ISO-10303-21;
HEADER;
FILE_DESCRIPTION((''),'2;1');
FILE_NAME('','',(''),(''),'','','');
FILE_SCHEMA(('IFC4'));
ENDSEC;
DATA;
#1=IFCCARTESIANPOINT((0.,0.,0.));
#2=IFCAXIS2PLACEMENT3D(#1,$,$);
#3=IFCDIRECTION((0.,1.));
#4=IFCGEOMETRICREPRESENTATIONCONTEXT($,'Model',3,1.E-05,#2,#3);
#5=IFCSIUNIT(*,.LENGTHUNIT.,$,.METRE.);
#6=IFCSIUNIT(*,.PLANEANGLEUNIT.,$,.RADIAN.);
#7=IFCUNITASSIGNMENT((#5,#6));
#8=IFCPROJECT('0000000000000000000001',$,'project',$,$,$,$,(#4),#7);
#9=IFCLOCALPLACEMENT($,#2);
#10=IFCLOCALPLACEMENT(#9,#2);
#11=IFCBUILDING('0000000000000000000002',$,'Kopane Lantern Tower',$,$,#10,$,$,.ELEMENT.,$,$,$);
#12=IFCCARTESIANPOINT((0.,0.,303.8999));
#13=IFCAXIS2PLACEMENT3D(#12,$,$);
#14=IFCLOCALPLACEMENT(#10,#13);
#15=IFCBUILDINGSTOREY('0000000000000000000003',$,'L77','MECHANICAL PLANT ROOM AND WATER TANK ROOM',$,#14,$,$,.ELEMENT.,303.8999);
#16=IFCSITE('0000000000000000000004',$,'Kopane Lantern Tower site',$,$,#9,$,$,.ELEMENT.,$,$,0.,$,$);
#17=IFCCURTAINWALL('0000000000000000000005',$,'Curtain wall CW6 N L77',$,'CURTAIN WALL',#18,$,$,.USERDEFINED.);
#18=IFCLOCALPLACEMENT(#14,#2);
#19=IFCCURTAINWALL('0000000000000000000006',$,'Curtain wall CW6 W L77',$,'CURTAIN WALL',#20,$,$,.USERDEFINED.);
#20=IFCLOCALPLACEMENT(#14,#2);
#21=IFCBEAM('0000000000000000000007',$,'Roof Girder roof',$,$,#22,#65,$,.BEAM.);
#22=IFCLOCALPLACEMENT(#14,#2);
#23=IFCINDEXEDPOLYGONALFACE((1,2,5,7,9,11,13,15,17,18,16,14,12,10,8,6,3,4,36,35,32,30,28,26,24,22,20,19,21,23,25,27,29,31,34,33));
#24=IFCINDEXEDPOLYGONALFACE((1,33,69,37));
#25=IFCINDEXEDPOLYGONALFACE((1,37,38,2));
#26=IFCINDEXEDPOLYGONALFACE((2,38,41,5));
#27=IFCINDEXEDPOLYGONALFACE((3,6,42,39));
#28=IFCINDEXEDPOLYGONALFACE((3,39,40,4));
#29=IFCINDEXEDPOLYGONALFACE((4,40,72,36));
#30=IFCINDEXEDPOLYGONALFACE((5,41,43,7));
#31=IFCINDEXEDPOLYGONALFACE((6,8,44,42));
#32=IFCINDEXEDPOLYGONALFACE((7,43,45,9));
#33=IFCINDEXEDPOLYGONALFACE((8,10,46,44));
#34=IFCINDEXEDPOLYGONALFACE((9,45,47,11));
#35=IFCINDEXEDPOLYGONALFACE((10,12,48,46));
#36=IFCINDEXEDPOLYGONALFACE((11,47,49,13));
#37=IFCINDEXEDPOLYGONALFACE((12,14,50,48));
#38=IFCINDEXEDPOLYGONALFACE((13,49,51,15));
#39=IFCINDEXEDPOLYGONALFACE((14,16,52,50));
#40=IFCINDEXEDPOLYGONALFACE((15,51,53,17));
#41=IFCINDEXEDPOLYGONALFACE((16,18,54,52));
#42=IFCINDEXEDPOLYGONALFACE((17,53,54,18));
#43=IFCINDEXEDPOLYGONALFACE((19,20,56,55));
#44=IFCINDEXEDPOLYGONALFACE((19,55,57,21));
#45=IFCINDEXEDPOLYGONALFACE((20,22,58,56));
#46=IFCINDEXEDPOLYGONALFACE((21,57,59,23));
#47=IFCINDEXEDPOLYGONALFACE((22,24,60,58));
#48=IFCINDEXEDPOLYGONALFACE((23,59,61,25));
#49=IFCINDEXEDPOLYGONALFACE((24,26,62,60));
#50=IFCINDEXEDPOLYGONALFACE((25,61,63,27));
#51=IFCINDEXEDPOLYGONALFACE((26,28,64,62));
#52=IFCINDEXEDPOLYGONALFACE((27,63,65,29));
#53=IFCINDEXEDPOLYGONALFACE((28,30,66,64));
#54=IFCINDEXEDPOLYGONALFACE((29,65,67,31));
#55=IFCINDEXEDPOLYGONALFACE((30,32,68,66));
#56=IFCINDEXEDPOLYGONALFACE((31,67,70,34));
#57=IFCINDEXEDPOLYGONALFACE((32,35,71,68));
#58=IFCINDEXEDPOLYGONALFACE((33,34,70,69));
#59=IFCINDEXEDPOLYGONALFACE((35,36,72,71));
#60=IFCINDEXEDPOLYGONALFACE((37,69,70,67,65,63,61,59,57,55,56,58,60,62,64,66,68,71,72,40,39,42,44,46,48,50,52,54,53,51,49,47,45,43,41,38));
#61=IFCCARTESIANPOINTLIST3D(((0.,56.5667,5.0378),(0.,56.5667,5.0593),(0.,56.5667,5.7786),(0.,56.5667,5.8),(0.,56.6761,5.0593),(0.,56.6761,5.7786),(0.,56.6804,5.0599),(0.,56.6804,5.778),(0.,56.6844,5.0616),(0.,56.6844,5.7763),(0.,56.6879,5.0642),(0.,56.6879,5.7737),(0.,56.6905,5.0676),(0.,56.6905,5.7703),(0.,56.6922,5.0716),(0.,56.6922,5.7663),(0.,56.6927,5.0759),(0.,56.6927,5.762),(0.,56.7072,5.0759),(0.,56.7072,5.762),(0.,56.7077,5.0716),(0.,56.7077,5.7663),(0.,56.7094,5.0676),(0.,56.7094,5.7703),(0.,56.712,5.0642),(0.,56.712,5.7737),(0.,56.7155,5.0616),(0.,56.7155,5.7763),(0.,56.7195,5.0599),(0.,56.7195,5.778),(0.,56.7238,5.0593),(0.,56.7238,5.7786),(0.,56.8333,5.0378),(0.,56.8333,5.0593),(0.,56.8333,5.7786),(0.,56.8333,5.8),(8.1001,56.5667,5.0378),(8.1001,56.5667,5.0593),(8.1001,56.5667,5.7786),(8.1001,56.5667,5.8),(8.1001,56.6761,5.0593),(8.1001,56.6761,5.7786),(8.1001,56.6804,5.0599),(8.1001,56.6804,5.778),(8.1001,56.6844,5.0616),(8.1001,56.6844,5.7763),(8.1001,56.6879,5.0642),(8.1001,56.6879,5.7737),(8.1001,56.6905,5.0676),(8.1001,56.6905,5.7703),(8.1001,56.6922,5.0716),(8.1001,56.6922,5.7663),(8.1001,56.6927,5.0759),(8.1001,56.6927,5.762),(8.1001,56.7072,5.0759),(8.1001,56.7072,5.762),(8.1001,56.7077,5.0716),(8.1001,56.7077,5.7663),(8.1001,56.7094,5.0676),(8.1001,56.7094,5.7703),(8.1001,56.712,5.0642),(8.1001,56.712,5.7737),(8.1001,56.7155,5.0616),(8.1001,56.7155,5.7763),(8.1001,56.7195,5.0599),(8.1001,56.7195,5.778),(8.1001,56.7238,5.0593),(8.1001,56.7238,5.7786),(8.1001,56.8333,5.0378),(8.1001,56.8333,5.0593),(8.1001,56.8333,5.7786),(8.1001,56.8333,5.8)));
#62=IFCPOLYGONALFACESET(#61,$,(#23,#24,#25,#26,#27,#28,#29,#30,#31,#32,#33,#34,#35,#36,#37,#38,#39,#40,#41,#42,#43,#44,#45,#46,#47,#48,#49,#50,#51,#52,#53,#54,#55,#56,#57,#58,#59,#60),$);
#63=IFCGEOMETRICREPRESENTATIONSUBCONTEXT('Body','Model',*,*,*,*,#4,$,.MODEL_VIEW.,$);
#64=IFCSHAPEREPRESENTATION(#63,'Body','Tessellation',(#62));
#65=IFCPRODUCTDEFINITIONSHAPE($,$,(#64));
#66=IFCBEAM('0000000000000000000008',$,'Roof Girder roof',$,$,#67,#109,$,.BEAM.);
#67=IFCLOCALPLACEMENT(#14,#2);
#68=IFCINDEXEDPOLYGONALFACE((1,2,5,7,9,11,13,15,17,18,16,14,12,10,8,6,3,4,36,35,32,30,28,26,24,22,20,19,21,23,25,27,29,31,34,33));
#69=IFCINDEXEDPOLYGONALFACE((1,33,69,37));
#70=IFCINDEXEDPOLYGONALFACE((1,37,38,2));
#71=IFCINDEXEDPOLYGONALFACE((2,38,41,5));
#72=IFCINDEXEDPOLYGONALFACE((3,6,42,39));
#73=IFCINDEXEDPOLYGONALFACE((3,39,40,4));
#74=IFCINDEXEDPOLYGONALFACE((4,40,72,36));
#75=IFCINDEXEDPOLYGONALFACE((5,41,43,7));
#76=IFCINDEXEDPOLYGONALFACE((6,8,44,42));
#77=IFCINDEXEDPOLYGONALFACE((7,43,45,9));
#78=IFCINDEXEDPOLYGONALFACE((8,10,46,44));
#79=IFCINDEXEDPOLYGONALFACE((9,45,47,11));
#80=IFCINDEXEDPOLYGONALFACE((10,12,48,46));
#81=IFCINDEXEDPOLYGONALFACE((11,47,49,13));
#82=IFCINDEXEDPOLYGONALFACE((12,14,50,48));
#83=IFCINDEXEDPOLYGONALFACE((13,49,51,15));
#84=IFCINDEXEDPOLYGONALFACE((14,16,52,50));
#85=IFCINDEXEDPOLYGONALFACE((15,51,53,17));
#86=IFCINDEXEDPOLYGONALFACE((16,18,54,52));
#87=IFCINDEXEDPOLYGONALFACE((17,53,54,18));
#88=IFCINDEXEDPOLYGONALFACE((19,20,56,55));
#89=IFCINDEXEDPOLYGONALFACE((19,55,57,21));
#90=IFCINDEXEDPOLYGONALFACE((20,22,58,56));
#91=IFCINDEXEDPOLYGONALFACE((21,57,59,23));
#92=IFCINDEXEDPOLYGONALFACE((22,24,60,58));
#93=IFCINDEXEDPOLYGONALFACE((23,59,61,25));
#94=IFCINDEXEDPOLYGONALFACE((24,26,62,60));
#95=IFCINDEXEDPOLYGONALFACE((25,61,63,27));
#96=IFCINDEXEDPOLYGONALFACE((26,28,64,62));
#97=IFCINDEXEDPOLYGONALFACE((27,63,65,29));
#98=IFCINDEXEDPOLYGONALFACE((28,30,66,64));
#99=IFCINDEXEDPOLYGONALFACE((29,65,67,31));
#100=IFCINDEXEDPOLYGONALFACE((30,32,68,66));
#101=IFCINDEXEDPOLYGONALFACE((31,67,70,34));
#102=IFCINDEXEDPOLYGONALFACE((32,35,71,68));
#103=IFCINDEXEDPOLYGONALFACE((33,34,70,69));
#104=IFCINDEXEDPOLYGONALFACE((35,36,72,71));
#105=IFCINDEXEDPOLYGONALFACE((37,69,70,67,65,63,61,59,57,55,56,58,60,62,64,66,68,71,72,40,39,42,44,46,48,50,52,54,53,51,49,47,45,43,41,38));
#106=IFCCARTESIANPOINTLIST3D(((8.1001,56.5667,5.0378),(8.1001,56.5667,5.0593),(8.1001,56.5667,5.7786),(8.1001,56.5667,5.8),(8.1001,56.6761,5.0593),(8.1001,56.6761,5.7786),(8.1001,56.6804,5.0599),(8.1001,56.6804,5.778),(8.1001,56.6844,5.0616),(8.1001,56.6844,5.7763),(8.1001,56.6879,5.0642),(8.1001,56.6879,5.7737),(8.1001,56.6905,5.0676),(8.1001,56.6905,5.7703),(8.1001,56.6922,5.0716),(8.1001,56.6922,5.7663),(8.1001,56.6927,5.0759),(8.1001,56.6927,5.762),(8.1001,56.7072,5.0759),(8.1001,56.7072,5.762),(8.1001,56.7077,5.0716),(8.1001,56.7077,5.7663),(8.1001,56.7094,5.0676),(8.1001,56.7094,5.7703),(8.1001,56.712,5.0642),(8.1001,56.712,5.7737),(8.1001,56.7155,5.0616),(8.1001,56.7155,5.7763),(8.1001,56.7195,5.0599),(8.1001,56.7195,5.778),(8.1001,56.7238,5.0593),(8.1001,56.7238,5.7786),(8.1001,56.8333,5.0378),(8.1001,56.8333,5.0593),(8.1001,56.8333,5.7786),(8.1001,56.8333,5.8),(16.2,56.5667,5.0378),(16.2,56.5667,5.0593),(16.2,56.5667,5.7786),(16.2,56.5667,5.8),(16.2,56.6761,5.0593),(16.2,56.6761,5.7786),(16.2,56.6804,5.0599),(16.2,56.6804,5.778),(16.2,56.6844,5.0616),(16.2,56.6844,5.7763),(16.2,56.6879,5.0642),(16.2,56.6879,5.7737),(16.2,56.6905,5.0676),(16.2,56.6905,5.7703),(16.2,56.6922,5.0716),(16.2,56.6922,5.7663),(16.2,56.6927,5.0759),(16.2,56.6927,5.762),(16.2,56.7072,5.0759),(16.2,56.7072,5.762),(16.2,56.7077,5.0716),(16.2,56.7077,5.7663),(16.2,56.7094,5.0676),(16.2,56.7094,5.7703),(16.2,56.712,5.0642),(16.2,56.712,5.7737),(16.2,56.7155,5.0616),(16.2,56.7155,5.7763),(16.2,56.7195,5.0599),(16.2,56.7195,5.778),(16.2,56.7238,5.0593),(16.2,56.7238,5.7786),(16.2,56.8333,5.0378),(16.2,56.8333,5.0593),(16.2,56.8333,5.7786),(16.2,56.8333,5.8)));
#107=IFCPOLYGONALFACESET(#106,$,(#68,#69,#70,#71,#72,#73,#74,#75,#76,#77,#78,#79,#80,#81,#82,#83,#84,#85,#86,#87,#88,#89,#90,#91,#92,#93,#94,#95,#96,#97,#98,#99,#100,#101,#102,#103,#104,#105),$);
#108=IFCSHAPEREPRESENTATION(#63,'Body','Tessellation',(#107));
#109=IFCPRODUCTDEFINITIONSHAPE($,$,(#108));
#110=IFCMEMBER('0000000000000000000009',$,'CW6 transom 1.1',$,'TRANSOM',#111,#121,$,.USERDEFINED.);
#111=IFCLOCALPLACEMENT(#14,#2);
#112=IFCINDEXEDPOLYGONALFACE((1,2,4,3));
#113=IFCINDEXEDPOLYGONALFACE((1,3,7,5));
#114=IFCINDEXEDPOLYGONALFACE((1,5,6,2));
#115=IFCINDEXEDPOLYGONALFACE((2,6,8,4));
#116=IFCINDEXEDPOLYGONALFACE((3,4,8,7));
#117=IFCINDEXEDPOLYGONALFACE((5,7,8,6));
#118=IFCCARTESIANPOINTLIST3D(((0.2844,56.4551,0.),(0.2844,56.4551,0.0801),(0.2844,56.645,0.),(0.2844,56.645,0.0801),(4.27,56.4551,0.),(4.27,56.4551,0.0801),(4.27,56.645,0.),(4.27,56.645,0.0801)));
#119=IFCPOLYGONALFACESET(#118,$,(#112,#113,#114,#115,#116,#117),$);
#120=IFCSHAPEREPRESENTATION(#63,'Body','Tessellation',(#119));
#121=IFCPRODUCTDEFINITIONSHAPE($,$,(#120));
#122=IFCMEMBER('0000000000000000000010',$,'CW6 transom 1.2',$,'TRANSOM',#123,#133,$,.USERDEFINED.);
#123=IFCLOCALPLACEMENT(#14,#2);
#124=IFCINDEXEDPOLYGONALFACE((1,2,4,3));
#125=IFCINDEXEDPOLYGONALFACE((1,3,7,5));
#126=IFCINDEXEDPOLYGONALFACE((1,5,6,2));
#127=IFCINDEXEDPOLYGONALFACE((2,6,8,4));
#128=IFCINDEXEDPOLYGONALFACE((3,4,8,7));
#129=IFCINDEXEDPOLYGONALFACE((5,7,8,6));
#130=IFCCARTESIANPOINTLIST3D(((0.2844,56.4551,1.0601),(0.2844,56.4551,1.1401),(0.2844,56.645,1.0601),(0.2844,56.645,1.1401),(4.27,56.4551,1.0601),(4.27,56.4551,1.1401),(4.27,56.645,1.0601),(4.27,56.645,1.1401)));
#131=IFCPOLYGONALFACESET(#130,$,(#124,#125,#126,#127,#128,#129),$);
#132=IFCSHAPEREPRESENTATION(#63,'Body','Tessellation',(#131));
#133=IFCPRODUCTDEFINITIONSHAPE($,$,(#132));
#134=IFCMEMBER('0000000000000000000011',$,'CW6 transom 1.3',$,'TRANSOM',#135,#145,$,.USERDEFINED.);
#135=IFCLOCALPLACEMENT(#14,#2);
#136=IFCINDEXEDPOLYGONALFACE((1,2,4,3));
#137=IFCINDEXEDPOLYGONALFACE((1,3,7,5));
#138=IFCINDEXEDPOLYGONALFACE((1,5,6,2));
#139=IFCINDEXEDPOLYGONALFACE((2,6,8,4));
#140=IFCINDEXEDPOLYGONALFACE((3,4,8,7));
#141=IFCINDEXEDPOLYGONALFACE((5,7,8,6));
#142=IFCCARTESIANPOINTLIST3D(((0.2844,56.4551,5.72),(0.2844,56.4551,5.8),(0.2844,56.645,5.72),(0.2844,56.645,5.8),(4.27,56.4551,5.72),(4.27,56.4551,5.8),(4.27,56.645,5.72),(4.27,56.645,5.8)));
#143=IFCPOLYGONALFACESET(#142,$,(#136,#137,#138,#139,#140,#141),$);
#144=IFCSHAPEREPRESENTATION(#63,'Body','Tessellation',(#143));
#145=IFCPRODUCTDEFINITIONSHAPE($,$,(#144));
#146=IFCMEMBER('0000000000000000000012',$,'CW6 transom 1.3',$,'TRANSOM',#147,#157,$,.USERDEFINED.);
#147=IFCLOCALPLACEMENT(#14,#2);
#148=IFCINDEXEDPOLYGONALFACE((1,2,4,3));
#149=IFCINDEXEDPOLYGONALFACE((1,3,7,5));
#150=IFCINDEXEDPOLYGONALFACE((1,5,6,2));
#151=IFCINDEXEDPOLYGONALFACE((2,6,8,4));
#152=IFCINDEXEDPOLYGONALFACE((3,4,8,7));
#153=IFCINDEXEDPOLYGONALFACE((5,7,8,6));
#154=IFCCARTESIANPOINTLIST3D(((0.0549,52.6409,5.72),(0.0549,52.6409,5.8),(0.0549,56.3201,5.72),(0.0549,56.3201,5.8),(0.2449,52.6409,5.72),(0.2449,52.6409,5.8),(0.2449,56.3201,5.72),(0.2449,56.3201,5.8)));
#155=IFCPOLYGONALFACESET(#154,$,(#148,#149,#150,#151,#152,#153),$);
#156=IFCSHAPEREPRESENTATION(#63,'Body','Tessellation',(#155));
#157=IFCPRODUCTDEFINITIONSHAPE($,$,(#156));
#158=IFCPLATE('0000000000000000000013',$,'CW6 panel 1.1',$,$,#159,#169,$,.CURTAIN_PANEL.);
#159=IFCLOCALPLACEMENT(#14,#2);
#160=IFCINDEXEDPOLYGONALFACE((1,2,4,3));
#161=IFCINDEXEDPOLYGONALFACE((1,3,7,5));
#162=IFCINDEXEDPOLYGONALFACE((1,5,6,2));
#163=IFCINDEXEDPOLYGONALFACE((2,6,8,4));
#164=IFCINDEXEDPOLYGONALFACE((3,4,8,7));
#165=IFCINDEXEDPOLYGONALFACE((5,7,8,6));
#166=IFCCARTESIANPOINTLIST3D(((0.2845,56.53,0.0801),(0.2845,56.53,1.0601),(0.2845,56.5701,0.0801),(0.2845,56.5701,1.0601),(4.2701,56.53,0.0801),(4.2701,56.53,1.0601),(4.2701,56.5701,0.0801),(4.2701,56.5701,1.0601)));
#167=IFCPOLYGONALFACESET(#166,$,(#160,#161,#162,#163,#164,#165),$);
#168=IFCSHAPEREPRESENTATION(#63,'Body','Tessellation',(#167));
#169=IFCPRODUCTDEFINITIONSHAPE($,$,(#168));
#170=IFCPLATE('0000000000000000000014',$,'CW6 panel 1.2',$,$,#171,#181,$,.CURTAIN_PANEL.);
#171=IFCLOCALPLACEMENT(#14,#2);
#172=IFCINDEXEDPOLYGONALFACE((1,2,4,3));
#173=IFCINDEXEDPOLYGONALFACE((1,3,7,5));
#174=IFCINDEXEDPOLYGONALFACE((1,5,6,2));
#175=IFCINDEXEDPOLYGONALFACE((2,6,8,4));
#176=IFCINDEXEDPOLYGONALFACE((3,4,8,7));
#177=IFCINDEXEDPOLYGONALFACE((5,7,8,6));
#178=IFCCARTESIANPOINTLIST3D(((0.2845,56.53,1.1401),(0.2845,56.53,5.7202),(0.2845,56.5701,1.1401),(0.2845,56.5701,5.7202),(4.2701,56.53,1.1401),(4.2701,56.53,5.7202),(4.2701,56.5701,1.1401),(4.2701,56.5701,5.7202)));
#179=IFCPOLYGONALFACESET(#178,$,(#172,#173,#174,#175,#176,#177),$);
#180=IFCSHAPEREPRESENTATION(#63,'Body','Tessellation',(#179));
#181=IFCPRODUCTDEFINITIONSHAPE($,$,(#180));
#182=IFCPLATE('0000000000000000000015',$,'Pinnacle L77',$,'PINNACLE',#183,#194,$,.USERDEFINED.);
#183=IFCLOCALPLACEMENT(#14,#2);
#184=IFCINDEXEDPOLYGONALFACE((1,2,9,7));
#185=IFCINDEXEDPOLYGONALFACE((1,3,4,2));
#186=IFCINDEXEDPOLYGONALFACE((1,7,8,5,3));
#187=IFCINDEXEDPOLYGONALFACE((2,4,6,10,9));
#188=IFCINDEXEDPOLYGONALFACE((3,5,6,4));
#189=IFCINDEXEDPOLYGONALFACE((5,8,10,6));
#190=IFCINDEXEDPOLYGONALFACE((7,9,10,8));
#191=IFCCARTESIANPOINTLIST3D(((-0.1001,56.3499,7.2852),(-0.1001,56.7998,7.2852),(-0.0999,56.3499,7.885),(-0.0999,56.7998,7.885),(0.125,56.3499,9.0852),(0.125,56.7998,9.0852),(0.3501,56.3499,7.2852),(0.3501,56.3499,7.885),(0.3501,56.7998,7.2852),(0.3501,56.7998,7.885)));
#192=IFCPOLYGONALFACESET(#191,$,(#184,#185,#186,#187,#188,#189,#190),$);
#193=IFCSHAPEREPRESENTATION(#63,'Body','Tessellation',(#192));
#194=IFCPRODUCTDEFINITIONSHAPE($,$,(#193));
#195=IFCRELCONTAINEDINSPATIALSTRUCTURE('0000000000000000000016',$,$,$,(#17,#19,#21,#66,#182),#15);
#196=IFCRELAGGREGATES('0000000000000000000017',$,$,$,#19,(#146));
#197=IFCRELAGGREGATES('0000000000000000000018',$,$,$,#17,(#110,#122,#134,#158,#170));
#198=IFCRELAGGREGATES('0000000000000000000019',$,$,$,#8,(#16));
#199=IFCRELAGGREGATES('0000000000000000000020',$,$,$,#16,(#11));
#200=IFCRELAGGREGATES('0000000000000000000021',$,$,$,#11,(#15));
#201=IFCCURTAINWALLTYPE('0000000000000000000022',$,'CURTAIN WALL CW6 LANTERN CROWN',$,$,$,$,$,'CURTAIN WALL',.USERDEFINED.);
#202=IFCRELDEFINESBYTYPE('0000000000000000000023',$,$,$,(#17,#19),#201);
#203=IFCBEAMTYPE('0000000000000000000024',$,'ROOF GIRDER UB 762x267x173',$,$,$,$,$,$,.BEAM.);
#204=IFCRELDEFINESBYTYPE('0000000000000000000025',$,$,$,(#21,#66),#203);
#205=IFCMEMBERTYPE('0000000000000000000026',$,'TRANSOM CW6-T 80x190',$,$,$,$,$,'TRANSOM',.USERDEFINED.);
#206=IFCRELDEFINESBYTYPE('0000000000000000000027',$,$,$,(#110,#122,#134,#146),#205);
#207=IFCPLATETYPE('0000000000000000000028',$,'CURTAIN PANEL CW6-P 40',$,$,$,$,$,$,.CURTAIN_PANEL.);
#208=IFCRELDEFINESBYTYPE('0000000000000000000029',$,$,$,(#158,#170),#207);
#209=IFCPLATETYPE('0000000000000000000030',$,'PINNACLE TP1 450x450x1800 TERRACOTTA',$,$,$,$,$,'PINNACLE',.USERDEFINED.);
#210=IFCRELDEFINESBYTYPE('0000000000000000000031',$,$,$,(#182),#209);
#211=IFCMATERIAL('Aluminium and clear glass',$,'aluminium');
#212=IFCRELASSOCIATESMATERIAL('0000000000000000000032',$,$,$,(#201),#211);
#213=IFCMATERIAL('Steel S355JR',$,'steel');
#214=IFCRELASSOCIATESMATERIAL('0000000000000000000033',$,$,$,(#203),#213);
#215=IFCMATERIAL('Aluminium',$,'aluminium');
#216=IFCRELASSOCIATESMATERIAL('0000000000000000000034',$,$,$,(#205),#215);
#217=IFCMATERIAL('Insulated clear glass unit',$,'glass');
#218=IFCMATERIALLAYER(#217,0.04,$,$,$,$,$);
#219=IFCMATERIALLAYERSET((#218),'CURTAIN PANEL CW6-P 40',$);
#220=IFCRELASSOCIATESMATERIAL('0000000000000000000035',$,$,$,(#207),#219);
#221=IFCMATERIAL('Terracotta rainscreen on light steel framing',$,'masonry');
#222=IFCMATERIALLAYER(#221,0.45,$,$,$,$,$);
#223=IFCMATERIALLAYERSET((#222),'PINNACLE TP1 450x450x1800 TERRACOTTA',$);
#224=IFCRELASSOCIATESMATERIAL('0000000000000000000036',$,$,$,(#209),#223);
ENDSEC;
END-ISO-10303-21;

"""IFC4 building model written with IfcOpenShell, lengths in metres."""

from ifc_helpers import new_model, si_unit, direction, frame, origin, origin_2d, place, context, subcontext, project, spatial, polyline, rectangle, i_section, outline, extrude, material, layer, layer_set, material_profile, profile_set, type_object, element, aggregate, save


model = new_model("IFC4")

# Units and contexts
model_context = context("Model", 3, precision=1e-05, world=origin(), true_north=direction((0.0, 1.0)))
body_context = subcontext(model_context, "Body", "Model", "MODEL_VIEW")
ifc_project = project(units=[si_unit("LENGTHUNIT", "METRE"), si_unit("PLANEANGLEUNIT", "RADIAN")], contexts=[model_context])

# Site, building, storey
site_placement = place(None, origin())
site = spatial("IfcSite", under=ifc_project, at=site_placement, Name="Kopane Lantern Tower site", CompositionType="ELEMENT", RefElevation=0.0)
building_placement = place(site_placement, origin())
building = spatial("IfcBuilding", under=site, at=building_placement, Name="Kopane Lantern Tower", CompositionType="ELEMENT")
storey_placement = place(building_placement, frame((0.0, 0.0, 303.8999)))
storey = spatial("IfcBuildingStorey", under=building, at=storey_placement, Name="L77", Description="MECHANICAL PLANT ROOM AND WATER TANK ROOM", CompositionType="ELEMENT", Elevation=303.8999)

# Shared definitions
ifc_material_1 = material(Name="Aluminium and clear glass", Category="aluminium")
curtain_wall_type = type_object("IfcCurtainWallType", Name="CURTAIN WALL CW6 LANTERN CROWN", ElementType="CURTAIN WALL", PredefinedType="USERDEFINED", material=ifc_material_1)

# Curtain wall
curtain_wall_1_placement = place(storey_placement, origin())
curtain_wall_1 = element("IfcCurtainWall", 1, at=curtain_wall_1_placement, inside=storey, type_object=curtain_wall_type, Name="Curtain wall CW6 N L77", ObjectType="CURTAIN WALL", PredefinedType="USERDEFINED")

# Curtain wall
curtain_wall_2_placement = place(storey_placement, origin())
curtain_wall_2 = element("IfcCurtainWall", 2, at=curtain_wall_2_placement, inside=storey, type_object=curtain_wall_type, Name="Curtain wall CW6 W L77", ObjectType="CURTAIN WALL", PredefinedType="USERDEFINED")

# Beams
ifc_material_2 = material(Name="Steel S355JR", Category="steel")
ifc_material_profile_1 = material_profile(ifc_material_2, i_section(OverallWidth=0.2666, OverallDepth=0.7622, WebThickness=0.0144, FlangeThickness=0.0215, FilletRadius=0.0166, at=origin_2d()), Name="UB 762x267x173")
ifc_profile_set_1 = profile_set([ifc_material_profile_1], Name="Steel S355JR")
beam_type_1 = type_object("IfcBeamType", Name="ROOF GIRDER UB 762x267x173", PredefinedType="BEAM", material=ifc_profile_set_1)
for number, where, z_axis, x_axis, name in (
    (3, (0.0, 56.7, 5.4189), (1.0, 0.0, 0.0), (0.0, 1.0, 0.0), "Roof Girder roof"),
):
    element("IfcBeam", number, at=place(storey_placement, frame(where, z_axis=z_axis, x_axis=x_axis)), inside=storey, type_object=beam_type_1, Name=name, PredefinedType="BEAM", context=body_context, shape_type="SweptSolid", body=[
        extrude(i_section(OverallWidth=0.2666, OverallDepth=0.7622, WebThickness=0.0144, FlangeThickness=0.0215, FilletRadius=0.0166, at=origin_2d()), origin(), (0.0, 0.0, 1.0), 8.1001),
    ])
beam_1_placement = place(storey_placement, frame((8.1001, 56.7, 5.4189), z_axis=(1.0, 0.0, 0.0), x_axis=(0.0, 1.0, 0.0)))
element("IfcBeam", 4, at=beam_1_placement, inside=storey, type_object=beam_type_1, Name="Roof Girder roof", PredefinedType="BEAM", context=body_context, shape_type="SweptSolid", body=[
    extrude(i_section(OverallWidth=0.2666, OverallDepth=0.7622, WebThickness=0.0144, FlangeThickness=0.0215, FilletRadius=0.0166, at=origin_2d()), origin(), (0.0, 0.0, 1.0), 8.0999),
])

# Members
ifc_material_3 = material(Name="Aluminium", Category="aluminium")
ifc_material_profile_2 = material_profile(ifc_material_3, rectangle(XDim=0.1899, YDim=0.0801, at=origin_2d()), Name="AL 190x80")
ifc_profile_set_2 = profile_set([ifc_material_profile_2], Name="Aluminium")
member_type_1 = type_object("IfcMemberType", Name="TRANSOM CW6-T 80x190", ElementType="TRANSOM", PredefinedType="USERDEFINED", material=ifc_profile_set_2)
member_1_placement = place(storey_placement, frame((4.27, 56.55, 0.04), z_axis=(-1.0, 0.0, 0.0), x_axis=(0.0, -1.0, 0.0)))
member_1 = element("IfcMember", 5, at=member_1_placement, type_object=member_type_1, Name="CW6 transom 1.1", ObjectType="TRANSOM", PredefinedType="USERDEFINED", context=body_context, shape_type="SweptSolid", body=[
    extrude(rectangle(XDim=0.1899, YDim=0.0801, at=origin_2d()), origin(), (0.0, 0.0, 1.0), 3.9856),
])
member_2_placement = place(storey_placement, frame((4.27, 56.55, 1.1001), z_axis=(-1.0, 0.0, 0.0), x_axis=(0.0, -1.0, 0.0)))
member_2 = element("IfcMember", 6, at=member_2_placement, type_object=member_type_1, Name="CW6 transom 1.2", ObjectType="TRANSOM", PredefinedType="USERDEFINED", context=body_context, shape_type="SweptSolid", body=[
    extrude(rectangle(XDim=0.1899, YDim=0.0801, at=origin_2d()), origin(), (0.0, 0.0, 1.0), 3.9856),
])
member_3_placement = place(storey_placement, frame((4.27, 56.55, 5.76), z_axis=(-1.0, 0.0, 0.0), x_axis=(0.0, -1.0, 0.0)))
member_3 = element("IfcMember", 7, at=member_3_placement, type_object=member_type_1, Name="CW6 transom 1.3", ObjectType="TRANSOM", PredefinedType="USERDEFINED", context=body_context, shape_type="SweptSolid", body=[
    extrude(rectangle(XDim=0.1899, YDim=0.0801, at=origin_2d()), origin(), (0.0, 0.0, 1.0), 3.9856),
])
member_4_placement = place(storey_placement, frame((0.1499, 56.3201, 5.76), z_axis=(0.0, -1.0, 0.0), x_axis=(1.0, 0.0, 0.0)))
member_4 = element("IfcMember", 8, at=member_4_placement, type_object=member_type_1, Name="CW6 transom 1.3", ObjectType="TRANSOM", PredefinedType="USERDEFINED", context=body_context, shape_type="SweptSolid", body=[
    extrude(rectangle(XDim=0.1899, YDim=0.0801, at=origin_2d()), origin(), (0.0, 0.0, 1.0), 3.6792),
])
aggregate(curtain_wall_2, [member_4])

# Plates
ifc_material_4 = material(Name="Insulated clear glass unit", Category="glass")
ifc_layer_1 = layer(ifc_material_4, 0.04)
ifc_layer_set_1 = layer_set([ifc_layer_1], Name="CURTAIN PANEL CW6-P 40")
plate_type_1 = type_object("IfcPlateType", Name="CURTAIN PANEL CW6-P 40", PredefinedType="CURTAIN_PANEL", material=ifc_layer_set_1)
plate_1_placement = place(storey_placement, frame((2.2773, 56.55, 0.0801), z_axis=(0.0, 0.0, 1.0), x_axis=(-1.0, 0.0, 0.0)))
plate_1 = element("IfcPlate", 9, at=plate_1_placement, type_object=plate_type_1, Name="CW6 panel 1.1", PredefinedType="CURTAIN_PANEL", context=body_context, shape_type="SweptSolid", body=[
    extrude(rectangle(XDim=3.9856, YDim=0.04, at=origin_2d()), origin(), (0.0, 0.0, 1.0), 0.98),
])
plate_2_placement = place(storey_placement, frame((2.2773, 56.55, 1.1401), z_axis=(0.0, 0.0, 1.0), x_axis=(-1.0, 0.0, 0.0)))
plate_2 = element("IfcPlate", 10, at=plate_2_placement, type_object=plate_type_1, Name="CW6 panel 1.2", PredefinedType="CURTAIN_PANEL", context=body_context, shape_type="SweptSolid", body=[
    extrude(rectangle(XDim=3.9856, YDim=0.04, at=origin_2d()), origin(), (0.0, 0.0, 1.0), 4.5801),
])
aggregate(curtain_wall_1, [member_1, member_2, member_3, plate_1, plate_2])

# Plate
ifc_material_5 = material(Name="Terracotta rainscreen on light steel framing", Category="masonry")
ifc_layer_2 = layer(ifc_material_5, 0.45)
ifc_layer_set_2 = layer_set([ifc_layer_2], Name="PINNACLE TP1 450x450x1800 TERRACOTTA")
plate_type_2 = type_object("IfcPlateType", Name="PINNACLE TP1 450x450x1800 TERRACOTTA", ElementType="PINNACLE", PredefinedType="USERDEFINED", material=ifc_layer_set_2)
plate_3_placement = place(storey_placement, frame((0.3501, 56.575, 7.2852), z_axis=(0.0, 0.0, 1.0), x_axis=(-1.0, 0.0, 0.0)))
element("IfcPlate", 11, at=plate_3_placement, inside=storey, type_object=plate_type_2, Name="Pinnacle L77", ObjectType="PINNACLE", PredefinedType="USERDEFINED", context=body_context, shape_type="SweptSolid", body=[
    extrude(outline(polyline([(0.0, 0.0), (0.4502, 0.0), (0.45, 0.5999), (0.2251, 1.8), (0.0, 0.5999), (0.0, 0.0)])), frame((0.0, 0.2251, 0.0), z_axis=(0.0, -1.0, 0.0), x_axis=(1.0, 0.0, 0.0)), (0.0, 0.0, 1.0), 0.45),
])

save(model, "model.ifc")
